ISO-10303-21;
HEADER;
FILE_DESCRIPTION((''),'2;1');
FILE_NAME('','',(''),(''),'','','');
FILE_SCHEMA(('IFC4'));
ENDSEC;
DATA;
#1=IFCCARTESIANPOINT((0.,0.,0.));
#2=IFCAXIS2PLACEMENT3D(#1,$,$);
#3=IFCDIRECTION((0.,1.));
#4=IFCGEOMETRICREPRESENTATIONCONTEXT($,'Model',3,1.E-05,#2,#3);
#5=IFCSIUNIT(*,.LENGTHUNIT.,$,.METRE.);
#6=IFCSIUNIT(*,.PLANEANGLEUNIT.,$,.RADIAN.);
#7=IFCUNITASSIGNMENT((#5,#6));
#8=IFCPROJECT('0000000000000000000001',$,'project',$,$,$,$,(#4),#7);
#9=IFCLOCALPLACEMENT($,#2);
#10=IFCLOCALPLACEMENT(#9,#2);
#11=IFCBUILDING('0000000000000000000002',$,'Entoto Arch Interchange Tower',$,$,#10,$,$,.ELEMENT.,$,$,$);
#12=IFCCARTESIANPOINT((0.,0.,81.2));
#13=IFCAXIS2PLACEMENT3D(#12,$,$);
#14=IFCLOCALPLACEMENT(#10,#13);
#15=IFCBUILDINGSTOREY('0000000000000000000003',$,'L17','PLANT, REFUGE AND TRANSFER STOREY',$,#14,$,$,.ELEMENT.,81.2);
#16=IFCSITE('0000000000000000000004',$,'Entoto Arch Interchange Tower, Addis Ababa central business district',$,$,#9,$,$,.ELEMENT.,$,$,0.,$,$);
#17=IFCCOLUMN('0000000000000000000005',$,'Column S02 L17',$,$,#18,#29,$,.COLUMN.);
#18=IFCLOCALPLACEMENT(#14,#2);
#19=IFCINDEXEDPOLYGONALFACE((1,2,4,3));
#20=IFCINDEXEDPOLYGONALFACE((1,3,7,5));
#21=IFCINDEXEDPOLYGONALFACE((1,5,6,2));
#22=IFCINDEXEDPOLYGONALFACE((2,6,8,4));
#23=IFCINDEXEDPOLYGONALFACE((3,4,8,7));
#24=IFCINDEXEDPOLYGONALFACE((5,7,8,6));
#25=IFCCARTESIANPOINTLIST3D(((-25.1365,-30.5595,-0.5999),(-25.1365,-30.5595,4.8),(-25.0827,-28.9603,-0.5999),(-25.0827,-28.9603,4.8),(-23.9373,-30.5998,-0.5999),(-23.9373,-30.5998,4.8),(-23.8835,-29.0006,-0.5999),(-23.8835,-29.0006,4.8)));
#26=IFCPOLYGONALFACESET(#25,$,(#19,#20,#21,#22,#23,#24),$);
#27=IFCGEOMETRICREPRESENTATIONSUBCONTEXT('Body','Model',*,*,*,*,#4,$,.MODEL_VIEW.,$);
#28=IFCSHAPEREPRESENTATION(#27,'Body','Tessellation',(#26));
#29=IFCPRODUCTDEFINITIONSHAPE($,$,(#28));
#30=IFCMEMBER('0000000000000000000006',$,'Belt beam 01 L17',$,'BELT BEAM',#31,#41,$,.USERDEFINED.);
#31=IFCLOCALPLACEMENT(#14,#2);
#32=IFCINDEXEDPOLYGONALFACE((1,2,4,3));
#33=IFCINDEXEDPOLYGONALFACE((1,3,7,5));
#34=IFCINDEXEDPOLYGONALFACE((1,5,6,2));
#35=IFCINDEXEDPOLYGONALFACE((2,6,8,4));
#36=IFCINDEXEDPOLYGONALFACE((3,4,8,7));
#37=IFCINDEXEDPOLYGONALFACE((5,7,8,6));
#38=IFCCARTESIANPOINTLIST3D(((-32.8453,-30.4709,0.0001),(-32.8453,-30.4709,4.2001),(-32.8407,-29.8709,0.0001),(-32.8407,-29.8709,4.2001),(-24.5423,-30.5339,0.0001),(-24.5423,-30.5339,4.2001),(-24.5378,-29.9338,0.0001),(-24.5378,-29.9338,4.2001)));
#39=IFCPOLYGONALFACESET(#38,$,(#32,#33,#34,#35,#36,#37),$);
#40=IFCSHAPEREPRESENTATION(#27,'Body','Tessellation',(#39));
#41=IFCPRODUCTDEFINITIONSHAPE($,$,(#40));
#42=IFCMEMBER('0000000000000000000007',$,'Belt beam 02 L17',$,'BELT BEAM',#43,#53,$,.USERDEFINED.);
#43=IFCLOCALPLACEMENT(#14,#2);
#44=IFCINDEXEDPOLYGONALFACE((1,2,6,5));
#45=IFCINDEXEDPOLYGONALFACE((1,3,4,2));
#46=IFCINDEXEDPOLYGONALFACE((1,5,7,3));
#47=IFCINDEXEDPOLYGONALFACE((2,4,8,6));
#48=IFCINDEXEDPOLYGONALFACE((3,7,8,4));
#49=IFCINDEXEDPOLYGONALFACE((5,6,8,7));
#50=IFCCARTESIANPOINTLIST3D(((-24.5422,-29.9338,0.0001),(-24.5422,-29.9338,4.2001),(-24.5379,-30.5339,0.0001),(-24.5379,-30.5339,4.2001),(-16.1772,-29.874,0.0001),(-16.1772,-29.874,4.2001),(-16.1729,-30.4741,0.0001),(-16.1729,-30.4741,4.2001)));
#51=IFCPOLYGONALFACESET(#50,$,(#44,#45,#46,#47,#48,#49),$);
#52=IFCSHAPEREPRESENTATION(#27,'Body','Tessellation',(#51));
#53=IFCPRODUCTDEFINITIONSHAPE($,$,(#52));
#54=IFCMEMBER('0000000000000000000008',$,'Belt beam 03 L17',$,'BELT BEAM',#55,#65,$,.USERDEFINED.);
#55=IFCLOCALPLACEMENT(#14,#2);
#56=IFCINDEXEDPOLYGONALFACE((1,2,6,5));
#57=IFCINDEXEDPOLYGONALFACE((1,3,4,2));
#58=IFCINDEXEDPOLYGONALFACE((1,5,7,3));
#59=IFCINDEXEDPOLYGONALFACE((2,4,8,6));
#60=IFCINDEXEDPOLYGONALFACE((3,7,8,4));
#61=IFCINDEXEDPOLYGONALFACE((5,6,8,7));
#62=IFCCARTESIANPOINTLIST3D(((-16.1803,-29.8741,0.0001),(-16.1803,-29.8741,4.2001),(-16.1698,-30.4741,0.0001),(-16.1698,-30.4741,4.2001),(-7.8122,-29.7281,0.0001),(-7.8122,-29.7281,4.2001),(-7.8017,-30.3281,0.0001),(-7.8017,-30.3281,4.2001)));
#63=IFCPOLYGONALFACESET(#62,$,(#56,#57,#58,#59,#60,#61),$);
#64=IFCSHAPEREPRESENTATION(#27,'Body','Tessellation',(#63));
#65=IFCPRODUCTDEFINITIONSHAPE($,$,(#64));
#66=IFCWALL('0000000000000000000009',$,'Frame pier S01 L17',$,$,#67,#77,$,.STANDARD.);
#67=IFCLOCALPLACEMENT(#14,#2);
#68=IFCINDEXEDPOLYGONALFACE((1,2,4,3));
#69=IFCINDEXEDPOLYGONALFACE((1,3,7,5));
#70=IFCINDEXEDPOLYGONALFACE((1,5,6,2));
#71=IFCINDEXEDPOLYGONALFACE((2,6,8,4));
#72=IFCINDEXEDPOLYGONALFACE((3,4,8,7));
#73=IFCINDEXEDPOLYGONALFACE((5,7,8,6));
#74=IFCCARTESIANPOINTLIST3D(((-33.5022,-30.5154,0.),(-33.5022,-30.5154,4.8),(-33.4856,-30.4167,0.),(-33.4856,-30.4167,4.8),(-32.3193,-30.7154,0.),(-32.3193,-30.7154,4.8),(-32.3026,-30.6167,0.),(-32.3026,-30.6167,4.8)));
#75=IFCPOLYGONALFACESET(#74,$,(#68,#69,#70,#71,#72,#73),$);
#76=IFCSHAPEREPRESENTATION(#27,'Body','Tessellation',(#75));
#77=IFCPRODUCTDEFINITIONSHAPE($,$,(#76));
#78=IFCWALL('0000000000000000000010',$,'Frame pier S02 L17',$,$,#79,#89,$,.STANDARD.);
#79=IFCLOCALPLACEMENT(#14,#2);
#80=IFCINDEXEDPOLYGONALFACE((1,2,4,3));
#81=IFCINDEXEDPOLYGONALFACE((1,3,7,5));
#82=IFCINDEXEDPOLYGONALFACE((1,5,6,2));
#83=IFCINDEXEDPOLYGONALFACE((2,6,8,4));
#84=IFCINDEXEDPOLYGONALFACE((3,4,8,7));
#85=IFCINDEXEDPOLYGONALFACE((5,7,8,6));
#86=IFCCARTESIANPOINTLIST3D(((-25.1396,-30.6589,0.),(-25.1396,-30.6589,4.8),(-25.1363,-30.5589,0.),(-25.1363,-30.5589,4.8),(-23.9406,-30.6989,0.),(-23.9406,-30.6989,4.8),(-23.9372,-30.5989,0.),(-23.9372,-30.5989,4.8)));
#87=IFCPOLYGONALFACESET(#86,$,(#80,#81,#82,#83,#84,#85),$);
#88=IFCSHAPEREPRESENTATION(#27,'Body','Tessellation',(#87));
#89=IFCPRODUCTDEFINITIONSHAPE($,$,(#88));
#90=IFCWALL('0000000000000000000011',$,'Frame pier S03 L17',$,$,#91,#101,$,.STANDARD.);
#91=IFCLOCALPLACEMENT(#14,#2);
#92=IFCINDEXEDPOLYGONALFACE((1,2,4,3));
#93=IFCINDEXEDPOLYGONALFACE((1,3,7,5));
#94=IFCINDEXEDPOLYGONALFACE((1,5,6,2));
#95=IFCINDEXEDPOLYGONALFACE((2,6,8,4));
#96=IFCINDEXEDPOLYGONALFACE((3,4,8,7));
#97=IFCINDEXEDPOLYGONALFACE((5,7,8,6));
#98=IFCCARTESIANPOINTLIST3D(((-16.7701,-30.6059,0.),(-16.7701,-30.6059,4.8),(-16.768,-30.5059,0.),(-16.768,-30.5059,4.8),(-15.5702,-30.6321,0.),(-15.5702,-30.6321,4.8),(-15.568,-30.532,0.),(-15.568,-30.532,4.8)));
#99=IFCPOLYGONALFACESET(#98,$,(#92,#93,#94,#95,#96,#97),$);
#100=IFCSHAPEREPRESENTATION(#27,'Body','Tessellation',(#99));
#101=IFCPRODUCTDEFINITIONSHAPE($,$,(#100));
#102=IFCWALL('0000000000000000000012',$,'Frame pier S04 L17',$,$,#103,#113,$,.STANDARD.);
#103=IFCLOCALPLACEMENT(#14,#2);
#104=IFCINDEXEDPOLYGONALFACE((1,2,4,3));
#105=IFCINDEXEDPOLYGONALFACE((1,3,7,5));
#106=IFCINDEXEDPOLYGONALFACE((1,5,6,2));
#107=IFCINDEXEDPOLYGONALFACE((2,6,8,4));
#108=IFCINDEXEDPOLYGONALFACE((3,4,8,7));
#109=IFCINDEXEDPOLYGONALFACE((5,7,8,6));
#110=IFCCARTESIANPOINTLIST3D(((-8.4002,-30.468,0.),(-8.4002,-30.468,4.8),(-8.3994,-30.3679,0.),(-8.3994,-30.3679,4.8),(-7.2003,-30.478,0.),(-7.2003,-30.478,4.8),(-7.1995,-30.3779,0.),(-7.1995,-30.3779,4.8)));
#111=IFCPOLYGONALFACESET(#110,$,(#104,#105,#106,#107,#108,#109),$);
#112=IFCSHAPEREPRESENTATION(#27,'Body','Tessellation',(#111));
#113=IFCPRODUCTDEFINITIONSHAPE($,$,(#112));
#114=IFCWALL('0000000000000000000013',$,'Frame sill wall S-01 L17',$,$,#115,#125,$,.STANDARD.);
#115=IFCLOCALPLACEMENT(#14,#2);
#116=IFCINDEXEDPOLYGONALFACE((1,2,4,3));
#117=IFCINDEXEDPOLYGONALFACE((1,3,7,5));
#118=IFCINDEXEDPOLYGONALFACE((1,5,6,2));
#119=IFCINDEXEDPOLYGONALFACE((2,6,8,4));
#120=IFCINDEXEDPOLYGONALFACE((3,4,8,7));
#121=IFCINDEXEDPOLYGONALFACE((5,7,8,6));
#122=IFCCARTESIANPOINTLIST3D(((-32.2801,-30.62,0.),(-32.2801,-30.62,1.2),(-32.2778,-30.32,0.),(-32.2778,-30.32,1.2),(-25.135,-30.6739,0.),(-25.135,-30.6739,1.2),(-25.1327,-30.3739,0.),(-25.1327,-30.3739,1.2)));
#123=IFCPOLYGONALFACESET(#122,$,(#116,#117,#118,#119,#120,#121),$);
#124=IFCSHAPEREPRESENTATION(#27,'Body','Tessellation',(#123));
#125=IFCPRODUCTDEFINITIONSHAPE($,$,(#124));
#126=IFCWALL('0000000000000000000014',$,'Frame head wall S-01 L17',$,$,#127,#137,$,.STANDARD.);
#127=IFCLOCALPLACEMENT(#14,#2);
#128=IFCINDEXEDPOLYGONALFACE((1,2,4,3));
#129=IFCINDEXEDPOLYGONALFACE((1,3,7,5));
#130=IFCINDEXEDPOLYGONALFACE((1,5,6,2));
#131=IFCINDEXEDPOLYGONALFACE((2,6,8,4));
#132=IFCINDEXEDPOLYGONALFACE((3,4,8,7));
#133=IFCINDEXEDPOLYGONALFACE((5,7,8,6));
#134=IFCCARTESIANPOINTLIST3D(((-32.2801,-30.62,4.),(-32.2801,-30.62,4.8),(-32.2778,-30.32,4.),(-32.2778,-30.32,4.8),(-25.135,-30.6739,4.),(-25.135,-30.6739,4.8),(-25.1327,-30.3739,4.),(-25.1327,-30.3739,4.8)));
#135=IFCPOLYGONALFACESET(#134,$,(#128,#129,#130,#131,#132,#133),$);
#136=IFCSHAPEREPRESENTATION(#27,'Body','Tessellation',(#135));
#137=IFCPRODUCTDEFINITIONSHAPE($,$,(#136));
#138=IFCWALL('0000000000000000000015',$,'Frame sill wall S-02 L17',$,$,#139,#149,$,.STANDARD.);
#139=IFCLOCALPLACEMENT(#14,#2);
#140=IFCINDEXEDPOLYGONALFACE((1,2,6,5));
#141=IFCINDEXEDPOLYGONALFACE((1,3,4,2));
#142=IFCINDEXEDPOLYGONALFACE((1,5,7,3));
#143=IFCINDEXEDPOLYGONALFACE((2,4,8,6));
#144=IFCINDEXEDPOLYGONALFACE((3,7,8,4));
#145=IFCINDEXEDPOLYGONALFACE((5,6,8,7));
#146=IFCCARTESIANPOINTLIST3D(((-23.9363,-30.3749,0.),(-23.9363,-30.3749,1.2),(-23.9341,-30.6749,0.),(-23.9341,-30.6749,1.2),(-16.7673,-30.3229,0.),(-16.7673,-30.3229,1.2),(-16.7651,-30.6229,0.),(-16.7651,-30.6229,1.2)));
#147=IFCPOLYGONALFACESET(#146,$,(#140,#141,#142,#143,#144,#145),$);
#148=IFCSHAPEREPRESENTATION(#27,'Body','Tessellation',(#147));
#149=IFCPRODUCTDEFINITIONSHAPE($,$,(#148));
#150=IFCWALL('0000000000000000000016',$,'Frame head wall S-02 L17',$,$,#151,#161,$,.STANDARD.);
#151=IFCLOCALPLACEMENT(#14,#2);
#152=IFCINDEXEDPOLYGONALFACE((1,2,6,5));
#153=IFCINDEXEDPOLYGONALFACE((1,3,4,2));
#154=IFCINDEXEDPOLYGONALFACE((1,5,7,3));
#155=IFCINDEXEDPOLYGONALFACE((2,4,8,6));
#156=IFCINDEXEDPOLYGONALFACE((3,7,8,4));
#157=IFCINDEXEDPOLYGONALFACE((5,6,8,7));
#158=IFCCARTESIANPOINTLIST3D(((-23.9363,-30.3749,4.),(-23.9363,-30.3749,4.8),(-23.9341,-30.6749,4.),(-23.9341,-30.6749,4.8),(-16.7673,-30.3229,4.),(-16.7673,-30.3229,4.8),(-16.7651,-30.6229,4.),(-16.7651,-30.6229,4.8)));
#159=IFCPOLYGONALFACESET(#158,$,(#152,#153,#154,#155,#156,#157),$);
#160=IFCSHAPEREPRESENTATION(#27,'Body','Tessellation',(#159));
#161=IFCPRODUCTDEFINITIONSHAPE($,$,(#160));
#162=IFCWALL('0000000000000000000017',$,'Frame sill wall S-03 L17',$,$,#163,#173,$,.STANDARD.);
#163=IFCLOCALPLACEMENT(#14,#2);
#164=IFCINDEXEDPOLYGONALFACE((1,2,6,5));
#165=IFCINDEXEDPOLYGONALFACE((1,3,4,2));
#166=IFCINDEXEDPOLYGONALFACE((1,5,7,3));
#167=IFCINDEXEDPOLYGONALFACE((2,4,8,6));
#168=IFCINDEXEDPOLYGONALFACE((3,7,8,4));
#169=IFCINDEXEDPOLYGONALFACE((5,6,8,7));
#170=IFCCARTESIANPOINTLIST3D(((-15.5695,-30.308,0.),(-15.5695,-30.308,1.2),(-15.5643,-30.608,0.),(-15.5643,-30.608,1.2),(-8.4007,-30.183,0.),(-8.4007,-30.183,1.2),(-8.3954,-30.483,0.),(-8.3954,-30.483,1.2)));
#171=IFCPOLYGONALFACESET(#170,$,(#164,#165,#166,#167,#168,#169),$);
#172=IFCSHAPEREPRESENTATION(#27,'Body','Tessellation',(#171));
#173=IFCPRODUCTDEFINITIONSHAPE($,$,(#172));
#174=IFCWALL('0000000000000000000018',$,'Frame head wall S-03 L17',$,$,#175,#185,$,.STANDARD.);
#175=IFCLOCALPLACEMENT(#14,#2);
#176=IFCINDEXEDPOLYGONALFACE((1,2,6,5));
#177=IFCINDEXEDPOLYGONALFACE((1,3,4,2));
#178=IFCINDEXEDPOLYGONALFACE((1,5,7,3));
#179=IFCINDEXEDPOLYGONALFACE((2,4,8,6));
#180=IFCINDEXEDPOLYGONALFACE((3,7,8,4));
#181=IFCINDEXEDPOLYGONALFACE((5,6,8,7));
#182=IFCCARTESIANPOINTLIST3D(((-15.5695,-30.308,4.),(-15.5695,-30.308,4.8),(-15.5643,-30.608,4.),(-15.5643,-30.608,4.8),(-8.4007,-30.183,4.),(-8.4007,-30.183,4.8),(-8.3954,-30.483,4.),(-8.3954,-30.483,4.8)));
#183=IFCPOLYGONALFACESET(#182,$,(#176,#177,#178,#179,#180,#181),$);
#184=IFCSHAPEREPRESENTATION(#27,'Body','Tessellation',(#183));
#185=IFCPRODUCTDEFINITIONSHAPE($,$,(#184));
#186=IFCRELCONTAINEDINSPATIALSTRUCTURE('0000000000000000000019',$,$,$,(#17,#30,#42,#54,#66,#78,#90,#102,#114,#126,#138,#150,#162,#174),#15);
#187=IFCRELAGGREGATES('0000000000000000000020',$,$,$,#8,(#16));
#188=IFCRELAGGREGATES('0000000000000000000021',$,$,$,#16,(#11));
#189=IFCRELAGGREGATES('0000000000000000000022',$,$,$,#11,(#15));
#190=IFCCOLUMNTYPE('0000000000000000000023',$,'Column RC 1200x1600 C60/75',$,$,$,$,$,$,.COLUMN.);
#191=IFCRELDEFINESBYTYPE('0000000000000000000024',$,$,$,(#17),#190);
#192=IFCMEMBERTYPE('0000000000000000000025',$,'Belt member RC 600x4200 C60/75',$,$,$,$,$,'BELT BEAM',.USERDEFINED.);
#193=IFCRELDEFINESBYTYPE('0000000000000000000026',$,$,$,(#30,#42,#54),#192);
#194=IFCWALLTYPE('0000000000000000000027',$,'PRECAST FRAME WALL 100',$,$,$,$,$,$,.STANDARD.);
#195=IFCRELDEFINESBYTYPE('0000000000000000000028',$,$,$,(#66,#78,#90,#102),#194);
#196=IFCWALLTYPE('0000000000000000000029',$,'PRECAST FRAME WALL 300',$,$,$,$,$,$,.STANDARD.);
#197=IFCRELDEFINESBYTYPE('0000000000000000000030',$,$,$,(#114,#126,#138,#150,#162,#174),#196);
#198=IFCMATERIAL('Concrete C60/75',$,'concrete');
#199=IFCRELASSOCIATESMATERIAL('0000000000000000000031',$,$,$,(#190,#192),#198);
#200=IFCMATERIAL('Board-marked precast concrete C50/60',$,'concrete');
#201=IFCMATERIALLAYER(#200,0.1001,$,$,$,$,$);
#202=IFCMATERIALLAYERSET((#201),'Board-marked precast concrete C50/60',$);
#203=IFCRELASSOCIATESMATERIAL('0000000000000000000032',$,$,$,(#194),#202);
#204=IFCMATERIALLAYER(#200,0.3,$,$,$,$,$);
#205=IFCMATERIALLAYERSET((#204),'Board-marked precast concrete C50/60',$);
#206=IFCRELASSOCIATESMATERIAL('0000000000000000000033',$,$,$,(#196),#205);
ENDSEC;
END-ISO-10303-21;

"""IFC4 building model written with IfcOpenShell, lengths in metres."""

from ifc_helpers import new_model, si_unit, direction, frame, frame_2d, origin, origin_2d, place, context, subcontext, project, spatial, rectangle, extrude, material, layer, layer_set, material_profile, profile_set, type_object, element, save


model = new_model("IFC4")

# Units and contexts
model_context = context("Model", 3, precision=1e-05, world=origin(), true_north=direction((0.0, 1.0)))
body_context = subcontext(model_context, "Body", "Model", "MODEL_VIEW")
ifc_project = project(units=[si_unit("LENGTHUNIT", "METRE"), si_unit("PLANEANGLEUNIT", "RADIAN")], contexts=[model_context])

# Site, building, storey
site_placement = place(None, origin())
site = spatial("IfcSite", under=ifc_project, at=site_placement, Name="Entoto Arch Interchange Tower, Addis Ababa central business district", CompositionType="ELEMENT", RefElevation=0.0)
building_placement = place(site_placement, origin())
building = spatial("IfcBuilding", under=site, at=building_placement, Name="Entoto Arch Interchange Tower", CompositionType="ELEMENT")
storey_placement = place(building_placement, frame((0.0, 0.0, 81.2)))
storey = spatial("IfcBuildingStorey", under=building, at=storey_placement, Name="L17", Description="PLANT, REFUGE AND TRANSFER STOREY", CompositionType="ELEMENT", Elevation=81.2)

# Column
ifc_material_1 = material(Name="Concrete C60/75", Category="concrete")
ifc_material_profile_1 = material_profile(ifc_material_1, rectangle(XDim=1.2, YDim=1.6001, at=origin_2d()))
ifc_profile_set_1 = profile_set([ifc_material_profile_1], Name="Concrete C60/75")
column_type = type_object("IfcColumnType", Name="Column RC 1200x1600 C60/75", PredefinedType="COLUMN", material=ifc_profile_set_1)
column_placement = place(storey_placement, frame((-24.51, -29.78, -0.5999), z_axis=(0.0, 0.0, 1.0), x_axis=(-0.999434, 0.033626, 0.0)))
element("IfcColumn", 1, at=column_placement, inside=storey, type_object=column_type, Name="Column S02 L17", PredefinedType="COLUMN", context=body_context, shape_type="SweptSolid", body=[
    extrude(rectangle(XDim=1.2, YDim=1.6001, at=origin_2d()), origin(), (0.0, 0.0, 1.0), 5.3999),
])

# Members
ifc_material_profile_2 = material_profile(ifc_material_1, rectangle(XDim=0.6001, YDim=4.2, at=origin_2d()))
ifc_profile_set_2 = profile_set([ifc_material_profile_2], Name="Concrete C60/75")
member_type = type_object("IfcMemberType", Name="Belt member RC 600x4200 C60/75", ElementType="BELT BEAM", PredefinedType="USERDEFINED", material=ifc_profile_set_2)
member_1_placement = place(storey_placement, frame((-32.843, -30.1709, 2.1001), z_axis=(0.999971, -0.007586, 0.0), x_axis=(0.007586, 0.999971, 0.0)))
element("IfcMember", 2, at=member_1_placement, inside=storey, type_object=member_type, Name="Belt beam 01 L17", ObjectType="BELT BEAM", PredefinedType="USERDEFINED", context=body_context, shape_type="SweptSolid", body=[
    extrude(rectangle(XDim=0.6001, YDim=4.2, at=origin_2d()), origin(), (0.0, 0.0, 1.0), 8.3032),
])
member_2_placement = place(storey_placement, frame((-24.54, -30.2339, 2.1001), z_axis=(0.999974, 0.00715, 0.0), x_axis=(-0.00715, 0.999974, 0.0)))
element("IfcMember", 3, at=member_2_placement, inside=storey, type_object=member_type, Name="Belt beam 02 L17", ObjectType="BELT BEAM", PredefinedType="USERDEFINED", context=body_context, shape_type="SweptSolid", body=[
    extrude(rectangle(XDim=0.6001, YDim=4.2, at=origin_2d()), origin(), (0.0, 0.0, 1.0), 8.3652),
])
member_3_placement = place(storey_placement, frame((-16.175, -30.1741, 2.1001), z_axis=(0.999848, 0.017444, 0.0), x_axis=(-0.017444, 0.999848, 0.0)))
element("IfcMember", 4, at=member_3_placement, inside=storey, type_object=member_type, Name="Belt beam 03 L17", ObjectType="BELT BEAM", PredefinedType="USERDEFINED", context=body_context, shape_type="SweptSolid", body=[
    extrude(rectangle(XDim=0.6001, YDim=4.2, at=origin_2d()), origin(), (0.0, 0.0, 1.0), 8.3694),
])

# Walls
ifc_material_2 = material(Name="Board-marked precast concrete C50/60", Category="concrete")
ifc_layer_1 = layer(ifc_material_2, 0.1001)
ifc_layer_set_1 = layer_set([ifc_layer_1], Name="Board-marked precast concrete C50/60")
wall_type_1 = type_object("IfcWallType", Name="PRECAST FRAME WALL 100", PredefinedType="STANDARD", material=ifc_layer_set_1)
for number, where, z_axis, x_axis, name in (
    (5, (-33.4939, -30.4661, 0.0), (0.0, 0.0, 1.0), (0.986012, -0.166676, 0.0), "Frame pier S01 L17"),
    (6, (-25.1379, -30.6089, 0.0), (0.0, 0.0, 1.0), (0.999443, -0.033376, 0.0), "Frame pier S02 L17"),
):
    element("IfcWall", number, at=place(storey_placement, frame(where, z_axis=z_axis, x_axis=x_axis)), inside=storey, type_object=wall_type_1, Name=name, PredefinedType="STANDARD", context=body_context, shape_type="SweptSolid", body=[
        extrude(rectangle(XDim=1.1997, YDim=0.1001, at=frame_2d((0.5999, 0.0))), origin(), (0.0, 0.0, 1.0), 4.8),
    ])
wall_1_placement = place(storey_placement, frame((-16.769, -30.5559, 0.0), z_axis=(0.0, 0.0, 1.0), x_axis=(0.999763, -0.021765, 0.0)))
element("IfcWall", 7, at=wall_1_placement, inside=storey, type_object=wall_type_1, Name="Frame pier S03 L17", PredefinedType="STANDARD", context=body_context, shape_type="SweptSolid", body=[
    extrude(rectangle(XDim=1.2002, YDim=0.1001, at=frame_2d((0.6001, 0.0))), origin(), (0.0, 0.0, 1.0), 4.8),
])
wall_2_placement = place(storey_placement, frame((-8.3999, -30.418, 0.0), z_axis=(0.0, 0.0, 1.0), x_axis=(0.999965, -0.008342, 0.0)))
element("IfcWall", 8, at=wall_2_placement, inside=storey, type_object=wall_type_1, Name="Frame pier S04 L17", PredefinedType="STANDARD", context=body_context, shape_type="SweptSolid", body=[
    extrude(rectangle(XDim=1.2, YDim=0.1001, at=frame_2d((0.6001, 0.0))), origin(), (0.0, 0.0, 1.0), 4.8),
])
ifc_layer_2 = layer(ifc_material_2, 0.3)
ifc_layer_set_2 = layer_set([ifc_layer_2], Name="Board-marked precast concrete C50/60")
wall_type_2 = type_object("IfcWallType", Name="PRECAST FRAME WALL 300", PredefinedType="STANDARD", material=ifc_layer_set_2)
wall_3_placement = place(storey_placement, frame((-32.2791, -30.47, 0.0), z_axis=(0.0, 0.0, 1.0), x_axis=(0.999971, -0.007551, 0.0)))
element("IfcWall", 9, at=wall_3_placement, inside=storey, type_object=wall_type_2, Name="Frame sill wall S-01 L17", PredefinedType="STANDARD", context=body_context, shape_type="SweptSolid", body=[
    extrude(rectangle(XDim=7.1453, YDim=0.3, at=frame_2d((3.5728, 0.0))), origin(), (0.0, 0.0, 1.0), 1.2),
])
wall_4_placement = place(storey_placement, frame((-32.2791, -30.47, 4.0), z_axis=(0.0, 0.0, 1.0), x_axis=(0.999971, -0.007551, 0.0)))
element("IfcWall", 10, at=wall_4_placement, inside=storey, type_object=wall_type_2, Name="Frame head wall S-01 L17", PredefinedType="STANDARD", context=body_context, shape_type="SweptSolid", body=[
    extrude(rectangle(XDim=7.1453, YDim=0.3, at=frame_2d((3.5728, 0.0))), origin(), (0.0, 0.0, 1.0), 0.8),
])
wall_5_placement = place(storey_placement, frame((-23.9351, -30.5249, 0.0), z_axis=(0.0, 0.0, 1.0), x_axis=(0.999974, 0.007254, 0.0)))
element("IfcWall", 11, at=wall_5_placement, inside=storey, type_object=wall_type_2, Name="Frame sill wall S-02 L17", PredefinedType="STANDARD", context=body_context, shape_type="SweptSolid", body=[
    extrude(rectangle(XDim=7.1692, YDim=0.3, at=frame_2d((3.5845, 0.0))), origin(), (0.0, 0.0, 1.0), 1.2),
])
wall_6_placement = place(storey_placement, frame((-23.9351, -30.5249, 4.0), z_axis=(0.0, 0.0, 1.0), x_axis=(0.999974, 0.007254, 0.0)))
element("IfcWall", 12, at=wall_6_placement, inside=storey, type_object=wall_type_2, Name="Frame head wall S-02 L17", PredefinedType="STANDARD", context=body_context, shape_type="SweptSolid", body=[
    extrude(rectangle(XDim=7.1692, YDim=0.3, at=frame_2d((3.5845, 0.0))), origin(), (0.0, 0.0, 1.0), 0.8),
])
wall_7_placement = place(storey_placement, frame((-15.5669, -30.458, 0.0), z_axis=(0.0, 0.0, 1.0), x_axis=(0.999848, 0.017434, 0.0)))
element("IfcWall", 13, at=wall_7_placement, inside=storey, type_object=wall_type_2, Name="Frame sill wall S-03 L17", PredefinedType="STANDARD", context=body_context, shape_type="SweptSolid", body=[
    extrude(rectangle(XDim=7.1699, YDim=0.3, at=frame_2d((3.585, 0.0))), origin(), (0.0, 0.0, 1.0), 1.2),
])
wall_8_placement = place(storey_placement, frame((-15.5669, -30.458, 4.0), z_axis=(0.0, 0.0, 1.0), x_axis=(0.999848, 0.017434, 0.0)))
element("IfcWall", 14, at=wall_8_placement, inside=storey, type_object=wall_type_2, Name="Frame head wall S-03 L17", PredefinedType="STANDARD", context=body_context, shape_type="SweptSolid", body=[
    extrude(rectangle(XDim=7.1699, YDim=0.3, at=frame_2d((3.585, 0.0))), origin(), (0.0, 0.0, 1.0), 0.8),
])

save(model, "model.ifc")
